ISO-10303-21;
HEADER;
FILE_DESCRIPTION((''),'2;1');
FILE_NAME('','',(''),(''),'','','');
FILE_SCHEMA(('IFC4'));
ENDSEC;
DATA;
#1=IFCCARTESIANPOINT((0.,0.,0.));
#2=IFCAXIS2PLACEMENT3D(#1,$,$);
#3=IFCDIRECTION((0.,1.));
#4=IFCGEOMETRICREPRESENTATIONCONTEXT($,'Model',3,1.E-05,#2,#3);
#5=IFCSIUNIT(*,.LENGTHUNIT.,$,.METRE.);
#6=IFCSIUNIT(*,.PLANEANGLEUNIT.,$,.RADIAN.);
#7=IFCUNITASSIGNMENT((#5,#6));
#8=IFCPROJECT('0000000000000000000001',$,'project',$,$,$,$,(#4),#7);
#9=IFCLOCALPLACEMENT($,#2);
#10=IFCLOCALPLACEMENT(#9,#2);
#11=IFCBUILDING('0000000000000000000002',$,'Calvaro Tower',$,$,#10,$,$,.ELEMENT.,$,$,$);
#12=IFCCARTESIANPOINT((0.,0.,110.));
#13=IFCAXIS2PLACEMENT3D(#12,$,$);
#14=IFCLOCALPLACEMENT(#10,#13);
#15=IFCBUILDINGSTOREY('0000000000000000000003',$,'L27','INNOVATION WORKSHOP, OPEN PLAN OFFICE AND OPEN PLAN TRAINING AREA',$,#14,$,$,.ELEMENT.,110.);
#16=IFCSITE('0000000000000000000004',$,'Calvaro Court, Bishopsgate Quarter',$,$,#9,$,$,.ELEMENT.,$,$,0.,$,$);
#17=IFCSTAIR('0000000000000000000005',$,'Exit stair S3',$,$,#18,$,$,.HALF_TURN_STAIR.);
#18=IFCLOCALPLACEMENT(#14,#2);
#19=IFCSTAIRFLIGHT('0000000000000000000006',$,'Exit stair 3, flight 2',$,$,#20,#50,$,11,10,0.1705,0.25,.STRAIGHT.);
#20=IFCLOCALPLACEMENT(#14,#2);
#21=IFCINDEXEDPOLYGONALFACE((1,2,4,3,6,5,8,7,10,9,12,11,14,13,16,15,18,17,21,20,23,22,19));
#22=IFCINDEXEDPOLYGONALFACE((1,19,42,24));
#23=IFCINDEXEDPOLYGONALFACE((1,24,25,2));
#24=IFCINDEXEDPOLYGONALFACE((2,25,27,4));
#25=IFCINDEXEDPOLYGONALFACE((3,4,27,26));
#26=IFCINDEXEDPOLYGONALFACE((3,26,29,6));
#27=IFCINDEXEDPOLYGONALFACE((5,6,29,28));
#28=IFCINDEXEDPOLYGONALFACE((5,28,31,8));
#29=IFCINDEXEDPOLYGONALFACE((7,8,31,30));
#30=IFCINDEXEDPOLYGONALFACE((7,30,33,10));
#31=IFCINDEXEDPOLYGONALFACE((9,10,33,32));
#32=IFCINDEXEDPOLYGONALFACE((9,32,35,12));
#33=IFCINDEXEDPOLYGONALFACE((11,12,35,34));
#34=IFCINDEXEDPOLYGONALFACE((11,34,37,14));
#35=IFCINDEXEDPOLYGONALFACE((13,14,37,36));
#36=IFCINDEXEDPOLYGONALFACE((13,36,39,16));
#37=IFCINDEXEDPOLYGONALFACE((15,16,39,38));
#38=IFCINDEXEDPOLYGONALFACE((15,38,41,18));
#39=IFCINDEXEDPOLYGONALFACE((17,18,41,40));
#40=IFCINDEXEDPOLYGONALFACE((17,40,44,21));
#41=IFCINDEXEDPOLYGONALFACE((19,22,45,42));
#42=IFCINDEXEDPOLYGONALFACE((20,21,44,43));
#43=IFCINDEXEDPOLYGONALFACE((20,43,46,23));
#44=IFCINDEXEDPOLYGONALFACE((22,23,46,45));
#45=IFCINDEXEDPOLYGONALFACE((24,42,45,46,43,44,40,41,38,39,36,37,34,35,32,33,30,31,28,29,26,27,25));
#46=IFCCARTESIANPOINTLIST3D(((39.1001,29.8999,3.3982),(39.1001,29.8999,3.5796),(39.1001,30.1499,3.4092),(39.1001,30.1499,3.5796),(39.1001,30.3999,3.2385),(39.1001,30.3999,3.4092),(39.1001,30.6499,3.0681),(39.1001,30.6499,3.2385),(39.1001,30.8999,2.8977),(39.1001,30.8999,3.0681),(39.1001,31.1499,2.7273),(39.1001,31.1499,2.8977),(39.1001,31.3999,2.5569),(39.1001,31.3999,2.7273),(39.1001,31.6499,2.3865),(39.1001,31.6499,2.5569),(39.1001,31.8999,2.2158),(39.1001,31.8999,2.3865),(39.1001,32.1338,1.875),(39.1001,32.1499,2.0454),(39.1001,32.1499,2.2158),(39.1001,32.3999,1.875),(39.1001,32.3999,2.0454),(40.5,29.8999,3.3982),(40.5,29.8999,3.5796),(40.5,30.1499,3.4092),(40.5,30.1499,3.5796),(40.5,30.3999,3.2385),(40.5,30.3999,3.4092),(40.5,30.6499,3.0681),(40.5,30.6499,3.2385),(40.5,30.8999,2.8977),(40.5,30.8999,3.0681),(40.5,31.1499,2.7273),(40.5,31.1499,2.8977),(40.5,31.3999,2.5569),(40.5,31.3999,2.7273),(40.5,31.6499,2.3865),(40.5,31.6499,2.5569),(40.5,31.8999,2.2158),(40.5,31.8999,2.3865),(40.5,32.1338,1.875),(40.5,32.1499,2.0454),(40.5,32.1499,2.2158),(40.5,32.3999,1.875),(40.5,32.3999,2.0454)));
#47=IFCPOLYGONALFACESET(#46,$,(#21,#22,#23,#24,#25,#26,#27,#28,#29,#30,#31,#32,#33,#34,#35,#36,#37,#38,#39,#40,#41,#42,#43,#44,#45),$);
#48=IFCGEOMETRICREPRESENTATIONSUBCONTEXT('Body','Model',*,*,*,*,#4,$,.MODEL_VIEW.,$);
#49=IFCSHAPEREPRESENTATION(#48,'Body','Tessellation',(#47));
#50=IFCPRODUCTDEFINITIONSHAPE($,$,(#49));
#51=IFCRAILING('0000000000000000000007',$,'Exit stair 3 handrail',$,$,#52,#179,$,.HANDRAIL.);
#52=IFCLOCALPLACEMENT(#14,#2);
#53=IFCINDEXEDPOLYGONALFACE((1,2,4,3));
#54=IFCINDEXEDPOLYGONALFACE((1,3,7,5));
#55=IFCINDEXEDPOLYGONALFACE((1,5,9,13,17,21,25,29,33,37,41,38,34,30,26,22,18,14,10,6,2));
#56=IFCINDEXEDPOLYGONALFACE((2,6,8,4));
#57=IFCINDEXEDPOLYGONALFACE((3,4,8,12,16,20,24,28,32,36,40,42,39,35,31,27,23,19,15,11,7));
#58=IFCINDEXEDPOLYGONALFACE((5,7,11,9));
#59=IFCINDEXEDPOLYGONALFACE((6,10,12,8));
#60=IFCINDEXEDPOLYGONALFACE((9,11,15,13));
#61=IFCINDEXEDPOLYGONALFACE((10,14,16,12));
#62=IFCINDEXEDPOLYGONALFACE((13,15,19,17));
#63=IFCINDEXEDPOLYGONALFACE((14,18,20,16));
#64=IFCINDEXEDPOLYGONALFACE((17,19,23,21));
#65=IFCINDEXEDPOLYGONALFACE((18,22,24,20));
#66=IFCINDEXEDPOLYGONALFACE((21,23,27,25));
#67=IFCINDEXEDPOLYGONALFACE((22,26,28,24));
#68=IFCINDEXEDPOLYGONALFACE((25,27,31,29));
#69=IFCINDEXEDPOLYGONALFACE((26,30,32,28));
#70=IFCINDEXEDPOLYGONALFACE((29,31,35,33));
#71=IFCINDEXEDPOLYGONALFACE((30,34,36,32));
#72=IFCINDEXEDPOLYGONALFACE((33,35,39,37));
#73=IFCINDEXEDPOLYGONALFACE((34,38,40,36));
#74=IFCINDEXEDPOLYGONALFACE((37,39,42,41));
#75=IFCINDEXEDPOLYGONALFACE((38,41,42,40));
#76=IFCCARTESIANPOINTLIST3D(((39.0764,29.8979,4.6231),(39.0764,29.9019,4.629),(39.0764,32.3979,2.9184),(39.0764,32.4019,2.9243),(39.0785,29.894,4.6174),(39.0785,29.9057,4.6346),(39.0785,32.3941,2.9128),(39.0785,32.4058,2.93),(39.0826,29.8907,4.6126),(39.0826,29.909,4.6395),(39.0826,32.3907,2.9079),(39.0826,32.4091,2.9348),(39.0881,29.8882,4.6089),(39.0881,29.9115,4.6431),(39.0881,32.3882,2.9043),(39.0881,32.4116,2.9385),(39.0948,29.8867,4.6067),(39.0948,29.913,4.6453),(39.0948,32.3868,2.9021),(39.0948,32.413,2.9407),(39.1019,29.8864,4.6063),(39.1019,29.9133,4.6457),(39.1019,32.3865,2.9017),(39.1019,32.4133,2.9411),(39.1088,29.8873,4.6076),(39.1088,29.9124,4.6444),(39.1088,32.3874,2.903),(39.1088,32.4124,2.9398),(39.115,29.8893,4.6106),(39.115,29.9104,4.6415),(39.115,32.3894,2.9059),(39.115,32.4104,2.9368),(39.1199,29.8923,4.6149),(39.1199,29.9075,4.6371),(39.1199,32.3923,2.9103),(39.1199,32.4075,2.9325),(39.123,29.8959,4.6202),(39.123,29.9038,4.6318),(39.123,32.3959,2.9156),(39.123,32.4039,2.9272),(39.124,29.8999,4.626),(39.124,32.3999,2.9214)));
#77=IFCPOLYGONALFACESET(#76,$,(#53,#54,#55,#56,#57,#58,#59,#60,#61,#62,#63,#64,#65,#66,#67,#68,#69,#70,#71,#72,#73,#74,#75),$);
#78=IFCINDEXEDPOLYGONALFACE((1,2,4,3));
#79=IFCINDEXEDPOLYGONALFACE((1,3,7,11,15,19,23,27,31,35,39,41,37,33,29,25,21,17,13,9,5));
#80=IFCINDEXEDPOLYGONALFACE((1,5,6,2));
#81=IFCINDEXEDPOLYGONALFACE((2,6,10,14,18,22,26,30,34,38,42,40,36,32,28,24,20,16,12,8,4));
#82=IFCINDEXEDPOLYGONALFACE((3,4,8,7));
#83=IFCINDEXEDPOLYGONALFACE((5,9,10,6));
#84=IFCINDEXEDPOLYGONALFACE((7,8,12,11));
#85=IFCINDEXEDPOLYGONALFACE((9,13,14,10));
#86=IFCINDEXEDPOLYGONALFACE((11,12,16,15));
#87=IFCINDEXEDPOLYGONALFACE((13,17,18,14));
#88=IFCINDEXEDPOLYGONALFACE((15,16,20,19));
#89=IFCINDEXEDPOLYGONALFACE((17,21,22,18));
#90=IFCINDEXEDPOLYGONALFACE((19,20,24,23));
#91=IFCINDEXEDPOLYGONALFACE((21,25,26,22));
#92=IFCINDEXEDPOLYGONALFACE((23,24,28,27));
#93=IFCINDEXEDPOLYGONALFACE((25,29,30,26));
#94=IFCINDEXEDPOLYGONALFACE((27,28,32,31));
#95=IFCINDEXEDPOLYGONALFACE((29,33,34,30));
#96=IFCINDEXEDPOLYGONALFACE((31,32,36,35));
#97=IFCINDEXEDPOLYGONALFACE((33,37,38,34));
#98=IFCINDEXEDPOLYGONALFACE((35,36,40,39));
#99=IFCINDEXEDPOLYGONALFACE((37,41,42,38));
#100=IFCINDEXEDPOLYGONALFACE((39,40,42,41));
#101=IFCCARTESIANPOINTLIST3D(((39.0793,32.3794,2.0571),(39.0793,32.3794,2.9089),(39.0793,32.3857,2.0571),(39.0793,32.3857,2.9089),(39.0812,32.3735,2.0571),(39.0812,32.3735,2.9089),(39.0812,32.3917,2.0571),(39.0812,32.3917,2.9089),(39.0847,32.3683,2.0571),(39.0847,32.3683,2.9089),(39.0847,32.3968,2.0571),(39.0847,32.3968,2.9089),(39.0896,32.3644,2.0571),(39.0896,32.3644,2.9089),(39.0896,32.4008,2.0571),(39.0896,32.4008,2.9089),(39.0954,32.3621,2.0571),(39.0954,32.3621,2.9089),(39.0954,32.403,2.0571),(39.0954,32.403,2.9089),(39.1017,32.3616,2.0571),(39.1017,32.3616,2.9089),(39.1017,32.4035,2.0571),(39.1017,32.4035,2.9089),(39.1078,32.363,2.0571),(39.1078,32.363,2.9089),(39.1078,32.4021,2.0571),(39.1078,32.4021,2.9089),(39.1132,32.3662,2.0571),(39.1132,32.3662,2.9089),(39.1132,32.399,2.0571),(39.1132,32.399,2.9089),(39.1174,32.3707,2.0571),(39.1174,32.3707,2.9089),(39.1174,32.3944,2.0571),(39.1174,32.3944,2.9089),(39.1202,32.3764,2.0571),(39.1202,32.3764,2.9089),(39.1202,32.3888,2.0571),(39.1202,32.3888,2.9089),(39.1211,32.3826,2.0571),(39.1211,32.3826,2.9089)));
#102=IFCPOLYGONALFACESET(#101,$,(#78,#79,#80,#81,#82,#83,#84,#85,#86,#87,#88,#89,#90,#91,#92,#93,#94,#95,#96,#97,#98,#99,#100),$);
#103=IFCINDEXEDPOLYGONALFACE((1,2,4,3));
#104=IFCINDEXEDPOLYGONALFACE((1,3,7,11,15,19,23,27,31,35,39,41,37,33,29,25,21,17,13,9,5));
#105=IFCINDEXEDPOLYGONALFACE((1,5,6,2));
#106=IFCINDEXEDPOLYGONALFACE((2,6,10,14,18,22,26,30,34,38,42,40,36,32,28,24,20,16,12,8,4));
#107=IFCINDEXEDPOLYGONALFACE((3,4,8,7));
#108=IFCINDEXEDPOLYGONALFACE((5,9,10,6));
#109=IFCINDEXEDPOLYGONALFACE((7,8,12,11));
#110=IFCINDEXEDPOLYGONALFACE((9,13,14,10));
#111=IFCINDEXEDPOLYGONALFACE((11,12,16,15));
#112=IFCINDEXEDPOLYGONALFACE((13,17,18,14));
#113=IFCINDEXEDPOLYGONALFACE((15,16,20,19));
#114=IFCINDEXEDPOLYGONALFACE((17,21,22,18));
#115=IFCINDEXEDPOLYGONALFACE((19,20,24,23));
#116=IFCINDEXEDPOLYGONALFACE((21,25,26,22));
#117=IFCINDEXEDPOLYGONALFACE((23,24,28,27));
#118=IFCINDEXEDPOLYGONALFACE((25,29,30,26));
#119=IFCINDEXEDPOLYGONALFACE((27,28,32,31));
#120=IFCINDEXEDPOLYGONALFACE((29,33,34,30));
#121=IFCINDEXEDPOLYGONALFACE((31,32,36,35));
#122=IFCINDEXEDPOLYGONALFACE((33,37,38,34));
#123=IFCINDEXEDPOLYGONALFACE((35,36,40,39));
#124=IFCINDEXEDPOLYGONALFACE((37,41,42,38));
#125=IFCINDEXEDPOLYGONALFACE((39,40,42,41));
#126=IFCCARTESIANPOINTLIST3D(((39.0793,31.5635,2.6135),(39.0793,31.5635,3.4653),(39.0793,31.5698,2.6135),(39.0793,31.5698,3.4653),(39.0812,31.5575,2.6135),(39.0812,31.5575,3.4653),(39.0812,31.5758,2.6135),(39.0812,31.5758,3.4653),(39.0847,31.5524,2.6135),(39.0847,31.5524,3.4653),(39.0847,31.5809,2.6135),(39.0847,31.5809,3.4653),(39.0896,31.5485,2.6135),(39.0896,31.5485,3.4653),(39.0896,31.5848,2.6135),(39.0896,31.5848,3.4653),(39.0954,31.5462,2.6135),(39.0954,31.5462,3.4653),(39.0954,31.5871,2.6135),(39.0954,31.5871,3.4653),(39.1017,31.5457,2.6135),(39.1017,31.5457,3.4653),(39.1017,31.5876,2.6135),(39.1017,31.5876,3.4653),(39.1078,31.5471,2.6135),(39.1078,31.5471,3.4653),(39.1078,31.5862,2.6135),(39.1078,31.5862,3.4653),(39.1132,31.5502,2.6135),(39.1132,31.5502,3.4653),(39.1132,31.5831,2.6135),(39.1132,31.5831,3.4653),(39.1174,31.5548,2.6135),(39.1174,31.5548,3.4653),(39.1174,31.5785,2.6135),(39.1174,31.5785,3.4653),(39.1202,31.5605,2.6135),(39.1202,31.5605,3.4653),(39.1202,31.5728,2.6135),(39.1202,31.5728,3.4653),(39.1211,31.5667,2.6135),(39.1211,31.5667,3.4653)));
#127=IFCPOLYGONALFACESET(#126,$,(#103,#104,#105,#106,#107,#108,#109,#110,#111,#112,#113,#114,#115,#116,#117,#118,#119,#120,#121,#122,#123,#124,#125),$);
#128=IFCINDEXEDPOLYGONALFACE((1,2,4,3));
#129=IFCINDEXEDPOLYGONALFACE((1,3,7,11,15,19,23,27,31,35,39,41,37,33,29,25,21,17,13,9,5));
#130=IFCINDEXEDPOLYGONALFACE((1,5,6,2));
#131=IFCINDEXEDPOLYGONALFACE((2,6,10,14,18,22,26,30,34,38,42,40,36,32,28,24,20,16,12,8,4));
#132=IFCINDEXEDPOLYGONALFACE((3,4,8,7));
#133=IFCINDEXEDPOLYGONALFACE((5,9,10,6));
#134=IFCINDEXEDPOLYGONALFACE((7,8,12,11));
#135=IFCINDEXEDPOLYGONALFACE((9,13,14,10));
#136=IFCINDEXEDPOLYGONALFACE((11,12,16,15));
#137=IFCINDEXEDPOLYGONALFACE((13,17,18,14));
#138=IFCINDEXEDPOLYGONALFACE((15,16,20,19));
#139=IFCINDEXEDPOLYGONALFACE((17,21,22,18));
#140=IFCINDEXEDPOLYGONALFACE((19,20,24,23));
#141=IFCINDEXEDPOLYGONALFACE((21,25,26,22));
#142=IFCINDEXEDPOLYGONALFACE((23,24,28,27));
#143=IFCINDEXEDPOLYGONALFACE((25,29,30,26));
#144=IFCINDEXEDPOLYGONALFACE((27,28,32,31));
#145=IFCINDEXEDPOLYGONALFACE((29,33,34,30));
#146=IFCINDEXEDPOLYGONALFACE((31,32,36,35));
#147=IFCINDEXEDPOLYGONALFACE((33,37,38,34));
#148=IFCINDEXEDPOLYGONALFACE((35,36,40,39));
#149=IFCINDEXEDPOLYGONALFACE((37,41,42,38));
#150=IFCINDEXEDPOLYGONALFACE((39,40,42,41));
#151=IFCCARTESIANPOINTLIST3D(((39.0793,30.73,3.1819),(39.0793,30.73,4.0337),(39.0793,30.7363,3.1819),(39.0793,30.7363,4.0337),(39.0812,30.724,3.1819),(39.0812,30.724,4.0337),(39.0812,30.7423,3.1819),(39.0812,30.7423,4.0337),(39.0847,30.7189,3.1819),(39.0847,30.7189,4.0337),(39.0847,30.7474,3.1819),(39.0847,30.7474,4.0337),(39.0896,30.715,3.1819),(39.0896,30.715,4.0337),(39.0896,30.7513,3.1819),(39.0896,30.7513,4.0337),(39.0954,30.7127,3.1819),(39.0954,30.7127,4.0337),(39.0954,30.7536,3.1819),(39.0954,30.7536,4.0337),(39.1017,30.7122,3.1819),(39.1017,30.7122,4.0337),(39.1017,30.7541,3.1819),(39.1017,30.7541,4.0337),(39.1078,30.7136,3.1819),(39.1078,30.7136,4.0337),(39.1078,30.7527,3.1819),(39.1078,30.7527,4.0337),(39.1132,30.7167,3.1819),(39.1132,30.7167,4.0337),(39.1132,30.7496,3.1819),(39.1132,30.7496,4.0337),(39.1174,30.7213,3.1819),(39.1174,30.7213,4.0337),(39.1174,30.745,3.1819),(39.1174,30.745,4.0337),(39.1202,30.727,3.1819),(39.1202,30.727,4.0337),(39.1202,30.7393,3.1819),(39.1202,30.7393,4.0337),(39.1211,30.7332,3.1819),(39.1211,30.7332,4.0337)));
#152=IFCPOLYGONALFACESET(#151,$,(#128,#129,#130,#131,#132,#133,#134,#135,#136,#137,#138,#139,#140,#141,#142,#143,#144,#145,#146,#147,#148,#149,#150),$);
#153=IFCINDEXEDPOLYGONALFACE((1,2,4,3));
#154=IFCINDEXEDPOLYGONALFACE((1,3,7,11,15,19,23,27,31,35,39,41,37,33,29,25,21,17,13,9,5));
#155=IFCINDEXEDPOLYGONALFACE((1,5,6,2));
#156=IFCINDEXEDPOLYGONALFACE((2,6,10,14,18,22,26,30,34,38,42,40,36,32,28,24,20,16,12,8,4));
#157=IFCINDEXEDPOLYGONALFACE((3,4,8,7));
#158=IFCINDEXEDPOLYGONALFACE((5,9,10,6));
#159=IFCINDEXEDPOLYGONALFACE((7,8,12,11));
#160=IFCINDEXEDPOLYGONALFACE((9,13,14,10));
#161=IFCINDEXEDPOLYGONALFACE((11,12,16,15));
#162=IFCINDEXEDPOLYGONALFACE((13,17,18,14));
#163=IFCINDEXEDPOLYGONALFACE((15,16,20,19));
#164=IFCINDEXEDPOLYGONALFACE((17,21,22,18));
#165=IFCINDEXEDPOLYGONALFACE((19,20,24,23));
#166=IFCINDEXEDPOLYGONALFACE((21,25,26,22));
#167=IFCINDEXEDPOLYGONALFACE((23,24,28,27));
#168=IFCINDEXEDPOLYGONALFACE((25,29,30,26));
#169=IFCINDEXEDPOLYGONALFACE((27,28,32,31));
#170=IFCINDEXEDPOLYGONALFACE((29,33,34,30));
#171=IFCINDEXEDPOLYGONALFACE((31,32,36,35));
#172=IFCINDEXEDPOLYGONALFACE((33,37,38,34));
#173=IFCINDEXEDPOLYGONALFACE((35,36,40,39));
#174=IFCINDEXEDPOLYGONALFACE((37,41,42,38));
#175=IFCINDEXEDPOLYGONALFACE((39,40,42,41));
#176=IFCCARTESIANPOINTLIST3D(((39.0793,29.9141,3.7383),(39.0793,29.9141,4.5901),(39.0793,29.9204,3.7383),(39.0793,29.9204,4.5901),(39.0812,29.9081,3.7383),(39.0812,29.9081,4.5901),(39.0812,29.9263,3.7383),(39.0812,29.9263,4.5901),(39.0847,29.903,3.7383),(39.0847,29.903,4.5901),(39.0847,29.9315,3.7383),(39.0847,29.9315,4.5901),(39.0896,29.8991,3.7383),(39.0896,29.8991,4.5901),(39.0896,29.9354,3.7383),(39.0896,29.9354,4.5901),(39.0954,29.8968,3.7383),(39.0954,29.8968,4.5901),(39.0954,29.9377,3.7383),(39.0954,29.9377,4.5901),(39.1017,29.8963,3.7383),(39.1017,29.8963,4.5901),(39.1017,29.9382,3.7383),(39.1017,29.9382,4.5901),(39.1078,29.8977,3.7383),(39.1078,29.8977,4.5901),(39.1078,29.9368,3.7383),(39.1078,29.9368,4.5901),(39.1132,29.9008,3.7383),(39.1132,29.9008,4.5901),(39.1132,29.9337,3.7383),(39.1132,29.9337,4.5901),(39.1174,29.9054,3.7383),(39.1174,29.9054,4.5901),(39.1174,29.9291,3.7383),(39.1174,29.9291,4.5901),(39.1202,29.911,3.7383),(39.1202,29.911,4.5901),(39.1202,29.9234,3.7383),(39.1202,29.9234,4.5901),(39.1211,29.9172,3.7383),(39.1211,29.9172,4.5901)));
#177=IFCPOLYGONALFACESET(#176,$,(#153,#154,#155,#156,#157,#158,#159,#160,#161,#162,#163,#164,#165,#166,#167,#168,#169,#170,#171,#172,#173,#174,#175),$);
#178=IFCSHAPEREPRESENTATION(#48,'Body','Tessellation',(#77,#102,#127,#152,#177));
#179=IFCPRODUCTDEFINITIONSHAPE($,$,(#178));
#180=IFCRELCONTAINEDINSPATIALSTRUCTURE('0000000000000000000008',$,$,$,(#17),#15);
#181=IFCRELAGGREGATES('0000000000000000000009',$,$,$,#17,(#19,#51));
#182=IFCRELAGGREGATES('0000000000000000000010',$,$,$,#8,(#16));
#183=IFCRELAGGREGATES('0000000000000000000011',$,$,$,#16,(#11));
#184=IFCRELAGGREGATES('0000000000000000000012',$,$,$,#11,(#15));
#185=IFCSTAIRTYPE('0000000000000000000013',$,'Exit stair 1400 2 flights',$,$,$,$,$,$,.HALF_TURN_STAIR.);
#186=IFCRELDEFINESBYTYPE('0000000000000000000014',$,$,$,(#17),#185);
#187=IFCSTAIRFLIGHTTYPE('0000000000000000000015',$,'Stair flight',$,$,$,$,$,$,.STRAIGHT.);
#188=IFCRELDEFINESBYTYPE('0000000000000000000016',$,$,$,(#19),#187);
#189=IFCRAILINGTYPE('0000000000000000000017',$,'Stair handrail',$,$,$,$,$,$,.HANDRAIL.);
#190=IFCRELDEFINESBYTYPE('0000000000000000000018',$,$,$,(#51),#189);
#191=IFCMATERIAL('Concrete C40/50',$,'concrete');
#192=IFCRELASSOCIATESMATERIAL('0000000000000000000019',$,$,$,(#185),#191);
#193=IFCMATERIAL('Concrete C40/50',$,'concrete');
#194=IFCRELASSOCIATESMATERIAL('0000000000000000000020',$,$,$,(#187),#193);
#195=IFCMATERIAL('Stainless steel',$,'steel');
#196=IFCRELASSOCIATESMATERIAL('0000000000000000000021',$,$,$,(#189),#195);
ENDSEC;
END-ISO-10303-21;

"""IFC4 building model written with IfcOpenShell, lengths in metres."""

from ifc_helpers import new_model, si_unit, direction, frame, origin, origin_2d, place, context, subcontext, project, spatial, polyline, circle, outline, extrude, material, type_object, element, aggregate, save


model = new_model("IFC4")

# Units and contexts
model_context = context("Model", 3, precision=1e-05, world=origin(), true_north=direction((0.0, 1.0)))
body_context = subcontext(model_context, "Body", "Model", "MODEL_VIEW")
ifc_project = project(units=[si_unit("LENGTHUNIT", "METRE"), si_unit("PLANEANGLEUNIT", "RADIAN")], contexts=[model_context])

# Site, building, storey
site_placement = place(None, origin())
site = spatial("IfcSite", under=ifc_project, at=site_placement, Name="Calvaro Court, Bishopsgate Quarter", CompositionType="ELEMENT", RefElevation=0.0)
building_placement = place(site_placement, origin())
building = spatial("IfcBuilding", under=site, at=building_placement, Name="Calvaro Tower", CompositionType="ELEMENT")
storey_placement = place(building_placement, frame((0.0, 0.0, 110.0)))
storey = spatial("IfcBuildingStorey", under=building, at=storey_placement, Name="L27", Description="INNOVATION WORKSHOP, OPEN PLAN OFFICE AND OPEN PLAN TRAINING AREA", CompositionType="ELEMENT", Elevation=110.0)

# Stair, stair flight, railing
ifc_material_1 = material(Name="Concrete C40/50", Category="concrete")
stair_type = type_object("IfcStairType", Name="Exit stair 1400 2 flights", PredefinedType="HALF_TURN_STAIR", material=ifc_material_1)
stair_1_placement = place(storey_placement, origin())
stair_1 = element("IfcStair", 1, at=stair_1_placement, inside=storey, type_object=stair_type, Name="Exit stair S3", PredefinedType="HALF_TURN_STAIR")
ifc_material_2 = material(Name="Concrete C40/50", Category="concrete")
stair_flight_type = type_object("IfcStairFlightType", Name="Stair flight", PredefinedType="STRAIGHT", material=ifc_material_2)
stair_flight_placement = place(storey_placement, frame((39.8, 32.3999, 1.875), z_axis=(0.0, 0.0, 1.0), x_axis=(0.0, -1.0, 0.0)))
stair_flight = element("IfcStairFlight", 2, at=stair_flight_placement, type_object=stair_flight_type, Name="Exit stair 3, flight 2", NumberOfRisers=11, NumberOfTreads=10, PredefinedType="STRAIGHT", RiserHeight=0.1705, TreadLength=0.25, context=body_context, shape_type="SweptSolid", body=[
    extrude(outline(polyline([(0.0, 0.0), (0.0, 0.1704), (0.25, 0.1704), (0.25, 0.3408), (0.5, 0.3408), (0.5, 0.5115), (0.75, 0.5115), (0.75, 0.6819), (1.0, 0.6819), (1.0, 0.8523), (1.25, 0.8523), (1.25, 1.0227), (1.5, 1.0227), (1.5, 1.1931), (1.75, 1.1931), (1.75, 1.3635), (2.0, 1.3635), (2.0, 1.5342), (2.25, 1.5342), (2.25, 1.7046), (2.5, 1.7046), (2.5, 1.875), (2.5, 1.5232), (0.2661, 0.0), (0.0, 0.0)])), frame((0.0, 0.7, 0.0), z_axis=(0.0, -1.0, 0.0), x_axis=(1.0, 0.0, 0.0)), (0.0, 0.0, 1.0), 1.3999),
])
ifc_material_3 = material(Name="Stainless steel", Category="steel")
railing_type = type_object("IfcRailingType", Name="Stair handrail", PredefinedType="HANDRAIL", material=ifc_material_3)
railing_1_placement = place(storey_placement, frame((39.1001, 32.3999, 2.0454)))
railing_1 = element("IfcRailing", 3, at=railing_1_placement, type_object=railing_type, Name="Exit stair 3 handrail", PredefinedType="HANDRAIL", context=body_context, shape_type="SweptSolid", body=[
    extrude(circle(Radius=0.0239, at=origin_2d()), frame((0.0, 0.0, 0.876), z_axis=(0.0, -0.826221, 0.563347), x_axis=(1.0, 0.0, 0.0)), (0.0, 0.0, 1.0), 3.0259),
    extrude(circle(Radius=0.021, at=origin_2d()), frame((0.0, -0.0173, 0.0117)), (0.0, 0.0, 1.0), 0.8518),
    extrude(circle(Radius=0.021, at=origin_2d()), frame((0.0, -0.8333, 0.5681)), (0.0, 0.0, 1.0), 0.8518),
    extrude(circle(Radius=0.021, at=origin_2d()), frame((0.0, -1.6667, 1.1365)), (0.0, 0.0, 1.0), 0.8518),
    extrude(circle(Radius=0.021, at=origin_2d()), frame((0.0, -2.4827, 1.6929)), (0.0, 0.0, 1.0), 0.8518),
])
aggregate(stair_1, [stair_flight, railing_1])

save(model, "model.ifc")
